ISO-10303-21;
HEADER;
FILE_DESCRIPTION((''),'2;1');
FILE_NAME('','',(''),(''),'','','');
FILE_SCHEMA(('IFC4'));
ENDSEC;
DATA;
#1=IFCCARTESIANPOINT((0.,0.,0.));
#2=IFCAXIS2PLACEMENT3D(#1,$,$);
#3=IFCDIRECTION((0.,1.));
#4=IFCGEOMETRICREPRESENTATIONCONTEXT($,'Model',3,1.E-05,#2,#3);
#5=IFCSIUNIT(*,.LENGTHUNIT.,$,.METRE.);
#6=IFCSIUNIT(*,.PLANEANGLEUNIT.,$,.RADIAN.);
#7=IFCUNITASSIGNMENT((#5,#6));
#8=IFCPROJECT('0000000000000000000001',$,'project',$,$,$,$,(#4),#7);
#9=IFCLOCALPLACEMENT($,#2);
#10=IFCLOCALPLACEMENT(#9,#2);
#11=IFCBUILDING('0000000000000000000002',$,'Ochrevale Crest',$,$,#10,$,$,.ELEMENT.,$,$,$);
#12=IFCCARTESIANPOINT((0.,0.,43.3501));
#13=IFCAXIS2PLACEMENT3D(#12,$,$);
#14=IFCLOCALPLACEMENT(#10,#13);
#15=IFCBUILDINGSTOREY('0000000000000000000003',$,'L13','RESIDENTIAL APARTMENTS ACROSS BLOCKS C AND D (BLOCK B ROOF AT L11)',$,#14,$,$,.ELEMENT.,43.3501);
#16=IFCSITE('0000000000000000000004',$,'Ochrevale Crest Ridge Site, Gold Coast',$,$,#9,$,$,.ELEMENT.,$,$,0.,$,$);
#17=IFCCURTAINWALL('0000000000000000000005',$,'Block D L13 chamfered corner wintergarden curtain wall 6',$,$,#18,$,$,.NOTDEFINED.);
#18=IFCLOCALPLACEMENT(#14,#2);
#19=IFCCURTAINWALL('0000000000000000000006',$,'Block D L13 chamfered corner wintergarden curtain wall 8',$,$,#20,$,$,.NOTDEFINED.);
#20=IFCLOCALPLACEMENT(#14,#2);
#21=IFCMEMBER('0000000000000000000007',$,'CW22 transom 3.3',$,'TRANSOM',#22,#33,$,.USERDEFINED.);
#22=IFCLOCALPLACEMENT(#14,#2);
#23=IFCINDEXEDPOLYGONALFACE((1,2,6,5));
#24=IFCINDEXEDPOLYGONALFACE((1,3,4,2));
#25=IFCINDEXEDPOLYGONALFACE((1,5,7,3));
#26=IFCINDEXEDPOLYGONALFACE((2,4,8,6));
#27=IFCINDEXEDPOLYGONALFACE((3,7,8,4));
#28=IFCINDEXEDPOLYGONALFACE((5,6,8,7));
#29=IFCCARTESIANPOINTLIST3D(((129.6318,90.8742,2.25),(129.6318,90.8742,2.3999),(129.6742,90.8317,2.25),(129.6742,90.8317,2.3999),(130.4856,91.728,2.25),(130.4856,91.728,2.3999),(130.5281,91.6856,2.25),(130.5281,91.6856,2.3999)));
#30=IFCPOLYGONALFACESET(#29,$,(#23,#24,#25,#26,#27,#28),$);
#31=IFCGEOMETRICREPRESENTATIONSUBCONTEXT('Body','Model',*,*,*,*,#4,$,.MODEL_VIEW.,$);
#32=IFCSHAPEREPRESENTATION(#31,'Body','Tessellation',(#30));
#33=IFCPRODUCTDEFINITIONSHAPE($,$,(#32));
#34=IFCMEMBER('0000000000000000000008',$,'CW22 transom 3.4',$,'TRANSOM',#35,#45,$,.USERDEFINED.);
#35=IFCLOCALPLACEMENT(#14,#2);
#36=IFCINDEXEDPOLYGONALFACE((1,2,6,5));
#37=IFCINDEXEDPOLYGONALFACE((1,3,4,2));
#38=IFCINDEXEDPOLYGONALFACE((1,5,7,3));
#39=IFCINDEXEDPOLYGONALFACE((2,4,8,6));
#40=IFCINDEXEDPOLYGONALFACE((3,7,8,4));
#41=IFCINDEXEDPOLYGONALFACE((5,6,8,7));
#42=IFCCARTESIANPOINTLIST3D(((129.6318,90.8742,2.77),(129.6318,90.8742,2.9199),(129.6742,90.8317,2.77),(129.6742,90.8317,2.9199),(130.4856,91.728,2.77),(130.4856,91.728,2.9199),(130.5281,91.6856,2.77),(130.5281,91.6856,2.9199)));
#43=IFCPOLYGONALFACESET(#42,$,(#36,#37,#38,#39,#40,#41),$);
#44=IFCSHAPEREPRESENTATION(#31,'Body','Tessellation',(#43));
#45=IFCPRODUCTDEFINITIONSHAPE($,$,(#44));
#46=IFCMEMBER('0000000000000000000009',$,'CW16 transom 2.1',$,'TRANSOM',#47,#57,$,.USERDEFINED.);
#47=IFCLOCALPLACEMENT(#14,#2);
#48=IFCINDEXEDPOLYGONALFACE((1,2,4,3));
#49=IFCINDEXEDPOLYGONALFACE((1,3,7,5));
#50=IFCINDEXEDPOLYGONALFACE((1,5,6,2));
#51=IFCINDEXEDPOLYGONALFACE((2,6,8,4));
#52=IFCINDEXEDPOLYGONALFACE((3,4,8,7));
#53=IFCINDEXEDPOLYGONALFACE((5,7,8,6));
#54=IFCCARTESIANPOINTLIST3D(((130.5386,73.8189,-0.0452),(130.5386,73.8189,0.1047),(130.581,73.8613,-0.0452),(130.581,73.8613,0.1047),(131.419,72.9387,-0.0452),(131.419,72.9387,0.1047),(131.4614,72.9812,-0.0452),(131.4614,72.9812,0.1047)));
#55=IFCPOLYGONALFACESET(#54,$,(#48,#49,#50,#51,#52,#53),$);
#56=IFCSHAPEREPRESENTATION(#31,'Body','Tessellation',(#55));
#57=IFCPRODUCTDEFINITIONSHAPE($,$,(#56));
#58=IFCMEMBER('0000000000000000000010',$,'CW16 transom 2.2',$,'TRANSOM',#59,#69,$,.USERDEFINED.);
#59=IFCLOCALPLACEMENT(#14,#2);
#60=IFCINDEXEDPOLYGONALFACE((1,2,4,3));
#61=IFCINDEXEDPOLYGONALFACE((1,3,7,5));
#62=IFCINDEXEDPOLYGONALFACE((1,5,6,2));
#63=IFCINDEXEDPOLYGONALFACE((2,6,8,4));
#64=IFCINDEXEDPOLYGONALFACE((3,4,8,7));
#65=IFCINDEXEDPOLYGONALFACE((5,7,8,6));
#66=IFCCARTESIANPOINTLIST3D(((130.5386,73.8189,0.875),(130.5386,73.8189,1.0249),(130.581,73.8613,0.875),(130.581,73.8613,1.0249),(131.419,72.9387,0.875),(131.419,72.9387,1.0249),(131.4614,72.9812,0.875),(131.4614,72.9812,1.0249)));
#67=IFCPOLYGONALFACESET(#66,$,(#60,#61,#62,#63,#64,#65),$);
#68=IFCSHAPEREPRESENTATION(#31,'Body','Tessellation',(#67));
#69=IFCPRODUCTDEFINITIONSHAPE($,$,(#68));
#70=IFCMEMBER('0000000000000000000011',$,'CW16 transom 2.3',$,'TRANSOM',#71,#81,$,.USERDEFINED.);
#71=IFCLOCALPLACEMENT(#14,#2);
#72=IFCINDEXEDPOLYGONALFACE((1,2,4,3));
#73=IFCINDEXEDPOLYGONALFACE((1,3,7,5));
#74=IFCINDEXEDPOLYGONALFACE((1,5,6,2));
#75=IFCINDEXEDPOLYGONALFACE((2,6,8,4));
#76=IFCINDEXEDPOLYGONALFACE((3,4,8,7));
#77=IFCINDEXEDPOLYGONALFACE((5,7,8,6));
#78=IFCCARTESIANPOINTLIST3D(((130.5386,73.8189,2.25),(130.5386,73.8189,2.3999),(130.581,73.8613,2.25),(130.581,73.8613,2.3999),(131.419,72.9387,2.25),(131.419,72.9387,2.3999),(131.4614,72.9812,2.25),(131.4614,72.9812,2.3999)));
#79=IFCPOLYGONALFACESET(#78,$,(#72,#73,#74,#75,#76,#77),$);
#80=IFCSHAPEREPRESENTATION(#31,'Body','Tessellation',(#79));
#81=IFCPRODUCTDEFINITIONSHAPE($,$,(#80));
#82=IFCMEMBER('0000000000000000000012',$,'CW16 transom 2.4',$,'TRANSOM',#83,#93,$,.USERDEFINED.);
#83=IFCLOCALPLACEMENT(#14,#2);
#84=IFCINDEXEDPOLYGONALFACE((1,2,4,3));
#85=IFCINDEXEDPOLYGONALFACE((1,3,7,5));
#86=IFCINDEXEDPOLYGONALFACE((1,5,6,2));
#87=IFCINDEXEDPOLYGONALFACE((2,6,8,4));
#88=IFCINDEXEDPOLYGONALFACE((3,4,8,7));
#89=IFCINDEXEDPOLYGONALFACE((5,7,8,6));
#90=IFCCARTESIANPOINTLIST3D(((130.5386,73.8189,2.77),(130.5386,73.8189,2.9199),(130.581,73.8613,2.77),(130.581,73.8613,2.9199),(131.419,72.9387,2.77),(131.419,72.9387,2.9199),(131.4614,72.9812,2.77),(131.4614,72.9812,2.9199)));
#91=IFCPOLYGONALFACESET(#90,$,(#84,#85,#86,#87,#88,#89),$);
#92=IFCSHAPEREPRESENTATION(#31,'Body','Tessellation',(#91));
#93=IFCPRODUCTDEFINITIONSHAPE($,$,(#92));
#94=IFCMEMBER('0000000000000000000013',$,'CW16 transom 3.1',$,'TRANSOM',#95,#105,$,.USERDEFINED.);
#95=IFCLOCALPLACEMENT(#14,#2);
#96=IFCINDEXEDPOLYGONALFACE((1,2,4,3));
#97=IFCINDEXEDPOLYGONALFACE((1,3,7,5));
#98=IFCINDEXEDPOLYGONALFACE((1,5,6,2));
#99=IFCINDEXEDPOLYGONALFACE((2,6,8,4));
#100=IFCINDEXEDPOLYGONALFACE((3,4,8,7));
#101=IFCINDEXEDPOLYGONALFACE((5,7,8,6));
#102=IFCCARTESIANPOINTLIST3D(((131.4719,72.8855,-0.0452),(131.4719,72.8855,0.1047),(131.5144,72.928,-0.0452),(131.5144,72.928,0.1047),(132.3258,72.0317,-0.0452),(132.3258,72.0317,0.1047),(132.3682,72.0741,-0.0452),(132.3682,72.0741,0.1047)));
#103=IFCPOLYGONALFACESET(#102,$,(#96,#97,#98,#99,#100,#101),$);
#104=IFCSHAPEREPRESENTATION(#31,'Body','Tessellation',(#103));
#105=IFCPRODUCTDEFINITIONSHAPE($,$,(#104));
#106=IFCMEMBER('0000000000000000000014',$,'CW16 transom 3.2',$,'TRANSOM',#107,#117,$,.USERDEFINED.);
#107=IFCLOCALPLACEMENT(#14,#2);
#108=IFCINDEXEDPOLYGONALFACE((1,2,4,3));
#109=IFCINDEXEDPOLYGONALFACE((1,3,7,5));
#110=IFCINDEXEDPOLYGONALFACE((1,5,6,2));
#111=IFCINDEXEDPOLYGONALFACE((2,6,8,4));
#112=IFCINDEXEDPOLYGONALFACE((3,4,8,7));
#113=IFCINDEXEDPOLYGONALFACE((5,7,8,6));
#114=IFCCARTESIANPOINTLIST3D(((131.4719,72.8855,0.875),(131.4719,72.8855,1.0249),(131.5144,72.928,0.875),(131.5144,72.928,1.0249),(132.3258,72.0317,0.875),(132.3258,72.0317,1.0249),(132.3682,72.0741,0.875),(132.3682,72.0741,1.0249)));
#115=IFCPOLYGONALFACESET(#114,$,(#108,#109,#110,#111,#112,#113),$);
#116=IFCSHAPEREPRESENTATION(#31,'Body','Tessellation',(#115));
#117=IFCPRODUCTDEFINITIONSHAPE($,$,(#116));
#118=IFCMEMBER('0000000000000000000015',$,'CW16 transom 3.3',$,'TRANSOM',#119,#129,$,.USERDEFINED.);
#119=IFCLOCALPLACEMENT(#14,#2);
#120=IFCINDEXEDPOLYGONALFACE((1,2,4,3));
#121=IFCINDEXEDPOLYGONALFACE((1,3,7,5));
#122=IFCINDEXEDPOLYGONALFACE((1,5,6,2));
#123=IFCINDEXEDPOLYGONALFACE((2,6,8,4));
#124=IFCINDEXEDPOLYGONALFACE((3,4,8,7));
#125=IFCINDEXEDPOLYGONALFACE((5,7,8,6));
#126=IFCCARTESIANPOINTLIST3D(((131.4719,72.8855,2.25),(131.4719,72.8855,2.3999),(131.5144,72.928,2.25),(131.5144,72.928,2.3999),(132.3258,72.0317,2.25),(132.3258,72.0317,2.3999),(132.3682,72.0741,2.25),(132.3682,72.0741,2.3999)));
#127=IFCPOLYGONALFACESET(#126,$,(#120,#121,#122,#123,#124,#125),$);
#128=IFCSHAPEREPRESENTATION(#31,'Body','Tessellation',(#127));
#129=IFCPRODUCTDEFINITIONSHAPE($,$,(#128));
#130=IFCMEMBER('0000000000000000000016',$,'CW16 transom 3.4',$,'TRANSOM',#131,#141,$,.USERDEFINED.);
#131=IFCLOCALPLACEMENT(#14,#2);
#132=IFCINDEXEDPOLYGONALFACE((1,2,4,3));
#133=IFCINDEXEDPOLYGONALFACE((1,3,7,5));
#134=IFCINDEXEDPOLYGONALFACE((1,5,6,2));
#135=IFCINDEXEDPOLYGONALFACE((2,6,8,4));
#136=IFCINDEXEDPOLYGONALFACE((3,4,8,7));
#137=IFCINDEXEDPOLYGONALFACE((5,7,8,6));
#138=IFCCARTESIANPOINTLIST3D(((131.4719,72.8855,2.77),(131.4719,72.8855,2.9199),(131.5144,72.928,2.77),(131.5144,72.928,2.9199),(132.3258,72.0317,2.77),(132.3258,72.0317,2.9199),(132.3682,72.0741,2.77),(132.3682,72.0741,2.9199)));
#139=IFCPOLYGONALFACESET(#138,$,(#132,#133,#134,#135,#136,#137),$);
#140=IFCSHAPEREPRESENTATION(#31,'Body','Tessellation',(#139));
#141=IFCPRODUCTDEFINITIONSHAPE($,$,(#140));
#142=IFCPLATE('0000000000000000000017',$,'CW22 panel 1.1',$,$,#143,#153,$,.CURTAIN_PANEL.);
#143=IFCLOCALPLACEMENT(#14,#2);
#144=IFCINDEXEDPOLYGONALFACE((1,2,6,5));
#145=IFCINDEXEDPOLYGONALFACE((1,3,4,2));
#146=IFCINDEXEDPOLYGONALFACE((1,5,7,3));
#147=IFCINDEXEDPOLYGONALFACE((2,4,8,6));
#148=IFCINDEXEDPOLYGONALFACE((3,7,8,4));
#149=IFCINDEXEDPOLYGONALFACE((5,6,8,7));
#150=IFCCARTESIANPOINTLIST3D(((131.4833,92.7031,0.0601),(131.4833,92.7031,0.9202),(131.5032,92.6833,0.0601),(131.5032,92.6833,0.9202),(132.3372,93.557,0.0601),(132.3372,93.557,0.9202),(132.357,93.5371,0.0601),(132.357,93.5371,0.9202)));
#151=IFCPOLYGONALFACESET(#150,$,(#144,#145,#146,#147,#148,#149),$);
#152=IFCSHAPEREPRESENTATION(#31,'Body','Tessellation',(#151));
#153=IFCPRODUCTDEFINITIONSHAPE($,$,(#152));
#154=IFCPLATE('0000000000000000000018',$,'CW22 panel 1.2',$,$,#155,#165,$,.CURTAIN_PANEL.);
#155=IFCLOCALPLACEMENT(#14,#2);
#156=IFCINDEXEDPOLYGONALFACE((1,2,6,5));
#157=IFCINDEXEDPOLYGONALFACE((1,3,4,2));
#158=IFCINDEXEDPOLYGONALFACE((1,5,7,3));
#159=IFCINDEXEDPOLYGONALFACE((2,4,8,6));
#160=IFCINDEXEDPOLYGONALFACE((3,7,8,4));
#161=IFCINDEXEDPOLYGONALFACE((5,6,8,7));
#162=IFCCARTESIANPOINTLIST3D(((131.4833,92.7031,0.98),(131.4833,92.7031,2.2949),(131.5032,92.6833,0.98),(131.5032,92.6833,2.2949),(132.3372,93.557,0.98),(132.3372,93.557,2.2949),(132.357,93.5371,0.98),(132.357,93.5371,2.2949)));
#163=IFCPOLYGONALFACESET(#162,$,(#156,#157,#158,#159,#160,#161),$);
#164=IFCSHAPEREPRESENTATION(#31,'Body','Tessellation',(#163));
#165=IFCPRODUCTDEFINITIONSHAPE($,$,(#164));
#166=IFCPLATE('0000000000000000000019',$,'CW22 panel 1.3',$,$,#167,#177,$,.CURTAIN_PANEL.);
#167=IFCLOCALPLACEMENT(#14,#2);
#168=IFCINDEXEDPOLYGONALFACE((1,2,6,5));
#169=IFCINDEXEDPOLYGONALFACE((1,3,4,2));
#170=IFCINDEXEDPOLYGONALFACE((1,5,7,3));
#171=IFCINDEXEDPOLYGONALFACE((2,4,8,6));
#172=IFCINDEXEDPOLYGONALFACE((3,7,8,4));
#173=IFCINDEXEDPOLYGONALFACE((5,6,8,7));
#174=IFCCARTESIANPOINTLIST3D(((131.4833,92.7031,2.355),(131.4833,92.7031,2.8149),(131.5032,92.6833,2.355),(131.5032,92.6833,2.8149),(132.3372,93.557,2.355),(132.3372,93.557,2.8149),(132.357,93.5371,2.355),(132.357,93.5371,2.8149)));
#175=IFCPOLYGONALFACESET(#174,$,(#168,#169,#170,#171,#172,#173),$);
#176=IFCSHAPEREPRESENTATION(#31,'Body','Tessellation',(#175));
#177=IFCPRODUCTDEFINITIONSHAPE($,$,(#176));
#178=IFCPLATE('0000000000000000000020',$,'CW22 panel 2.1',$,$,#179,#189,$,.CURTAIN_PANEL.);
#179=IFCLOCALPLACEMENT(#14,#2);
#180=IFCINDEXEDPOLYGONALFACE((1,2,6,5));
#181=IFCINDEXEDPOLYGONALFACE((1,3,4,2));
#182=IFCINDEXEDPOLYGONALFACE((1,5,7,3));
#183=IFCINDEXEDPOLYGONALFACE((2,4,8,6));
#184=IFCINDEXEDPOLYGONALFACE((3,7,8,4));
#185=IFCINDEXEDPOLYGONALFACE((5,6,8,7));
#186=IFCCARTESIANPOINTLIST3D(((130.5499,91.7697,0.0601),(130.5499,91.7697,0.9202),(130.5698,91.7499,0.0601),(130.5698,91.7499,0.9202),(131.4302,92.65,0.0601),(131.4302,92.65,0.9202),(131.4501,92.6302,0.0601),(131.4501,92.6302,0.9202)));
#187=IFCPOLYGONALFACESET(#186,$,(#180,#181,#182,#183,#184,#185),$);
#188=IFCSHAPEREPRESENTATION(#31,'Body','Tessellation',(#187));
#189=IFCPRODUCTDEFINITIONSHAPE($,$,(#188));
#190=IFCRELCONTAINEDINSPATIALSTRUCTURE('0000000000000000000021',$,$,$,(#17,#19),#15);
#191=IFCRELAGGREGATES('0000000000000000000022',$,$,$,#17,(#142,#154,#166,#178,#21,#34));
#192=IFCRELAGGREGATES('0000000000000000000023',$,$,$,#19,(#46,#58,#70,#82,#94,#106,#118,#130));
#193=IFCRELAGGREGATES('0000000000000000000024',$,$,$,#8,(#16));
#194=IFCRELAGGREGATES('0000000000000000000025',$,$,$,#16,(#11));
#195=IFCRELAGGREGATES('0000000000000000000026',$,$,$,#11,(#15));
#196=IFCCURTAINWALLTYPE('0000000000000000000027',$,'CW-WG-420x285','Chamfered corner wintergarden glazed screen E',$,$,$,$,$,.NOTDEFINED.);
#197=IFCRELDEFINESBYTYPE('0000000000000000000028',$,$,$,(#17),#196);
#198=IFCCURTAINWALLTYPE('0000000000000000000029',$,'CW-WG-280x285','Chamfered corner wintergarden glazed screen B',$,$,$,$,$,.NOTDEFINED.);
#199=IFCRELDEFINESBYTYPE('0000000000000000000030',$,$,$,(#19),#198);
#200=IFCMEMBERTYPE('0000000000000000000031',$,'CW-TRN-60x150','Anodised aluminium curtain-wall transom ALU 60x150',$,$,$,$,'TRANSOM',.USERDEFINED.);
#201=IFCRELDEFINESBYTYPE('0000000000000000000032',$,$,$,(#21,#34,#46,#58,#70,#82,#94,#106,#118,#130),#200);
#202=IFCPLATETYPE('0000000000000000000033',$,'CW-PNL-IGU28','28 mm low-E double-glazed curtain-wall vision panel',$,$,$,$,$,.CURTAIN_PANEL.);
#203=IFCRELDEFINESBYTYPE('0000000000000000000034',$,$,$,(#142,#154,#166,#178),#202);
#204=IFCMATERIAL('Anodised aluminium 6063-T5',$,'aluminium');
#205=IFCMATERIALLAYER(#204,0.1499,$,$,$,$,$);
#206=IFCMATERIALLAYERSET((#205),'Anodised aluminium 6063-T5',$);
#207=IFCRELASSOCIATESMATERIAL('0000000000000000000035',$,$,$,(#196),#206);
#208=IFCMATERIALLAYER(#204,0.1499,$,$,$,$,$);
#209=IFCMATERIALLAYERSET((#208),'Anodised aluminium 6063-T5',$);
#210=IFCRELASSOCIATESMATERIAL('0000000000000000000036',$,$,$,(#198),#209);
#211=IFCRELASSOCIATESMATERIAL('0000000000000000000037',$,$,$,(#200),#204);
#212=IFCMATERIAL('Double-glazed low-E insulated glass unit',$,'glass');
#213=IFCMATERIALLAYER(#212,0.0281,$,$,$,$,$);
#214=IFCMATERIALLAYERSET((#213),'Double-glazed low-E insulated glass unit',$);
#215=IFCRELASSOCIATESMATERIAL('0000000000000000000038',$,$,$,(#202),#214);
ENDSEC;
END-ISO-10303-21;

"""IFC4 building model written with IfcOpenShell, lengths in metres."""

from ifc_helpers import new_model, si_unit, direction, frame, origin, origin_2d, place, context, subcontext, project, spatial, rectangle, extrude, material, layer, layer_set, material_profile, profile_set, type_object, element, aggregate, save


model = new_model("IFC4")

# Units and contexts
model_context = context("Model", 3, precision=1e-05, world=origin(), true_north=direction((0.0, 1.0)))
body_context = subcontext(model_context, "Body", "Model", "MODEL_VIEW")
ifc_project = project(units=[si_unit("LENGTHUNIT", "METRE"), si_unit("PLANEANGLEUNIT", "RADIAN")], contexts=[model_context])

# Site, building, storey
site_placement = place(None, origin())
site = spatial("IfcSite", under=ifc_project, at=site_placement, Name="Ochrevale Crest Ridge Site, Gold Coast", CompositionType="ELEMENT", RefElevation=0.0)
building_placement = place(site_placement, origin())
building = spatial("IfcBuilding", under=site, at=building_placement, Name="Ochrevale Crest", CompositionType="ELEMENT")
storey_placement = place(building_placement, frame((0.0, 0.0, 43.3501)))
storey = spatial("IfcBuildingStorey", under=building, at=storey_placement, Name="L13", Description="RESIDENTIAL APARTMENTS ACROSS BLOCKS C AND D (BLOCK B ROOF AT L11)", CompositionType="ELEMENT", Elevation=43.3501)

# Curtain walls
ifc_material_1 = material(Name="Anodised aluminium 6063-T5", Category="aluminium")
ifc_layer_1 = layer(ifc_material_1, 0.1499)
ifc_layer_set_1 = layer_set([ifc_layer_1], Name="Anodised aluminium 6063-T5")
curtain_wall_type_1 = type_object("IfcCurtainWallType", Name="CW-WG-420x285", Description="Chamfered corner wintergarden glazed screen E", PredefinedType="NOTDEFINED", material=ifc_layer_set_1)
curtain_wall_1_placement = place(storey_placement, origin())
curtain_wall_1 = element("IfcCurtainWall", 1, at=curtain_wall_1_placement, inside=storey, type_object=curtain_wall_type_1, Name="Block D L13 chamfered corner wintergarden curtain wall 6", PredefinedType="NOTDEFINED")
ifc_layer_2 = layer(ifc_material_1, 0.1499)
ifc_layer_set_2 = layer_set([ifc_layer_2], Name="Anodised aluminium 6063-T5")
curtain_wall_type_2 = type_object("IfcCurtainWallType", Name="CW-WG-280x285", Description="Chamfered corner wintergarden glazed screen B", PredefinedType="NOTDEFINED", material=ifc_layer_set_2)
curtain_wall_2_placement = place(storey_placement, origin())
curtain_wall_2 = element("IfcCurtainWall", 2, at=curtain_wall_2_placement, inside=storey, type_object=curtain_wall_type_2, Name="Block D L13 chamfered corner wintergarden curtain wall 8", PredefinedType="NOTDEFINED")

# Members
ifc_material_profile_1 = material_profile(ifc_material_1, rectangle(XDim=0.0601, YDim=0.1499, at=origin_2d()), Name="ALU 60x150")
ifc_profile_set_1 = profile_set([ifc_material_profile_1], Name="Anodised aluminium 6063-T5")
member_type_1 = type_object("IfcMemberType", Name="CW-TRN-60x150", Description="Anodised aluminium curtain-wall transom ALU 60x150", ElementType="TRANSOM", PredefinedType="USERDEFINED", material=ifc_profile_set_1)
member_1_placement = place(storey_placement, frame((130.5068, 91.7068, 2.325), z_axis=(-0.707107, -0.707107, 0.0), x_axis=(0.707107, -0.707107, 0.0)))
member_1 = element("IfcMember", 3, at=member_1_placement, type_object=member_type_1, Name="CW22 transom 3.3", ObjectType="TRANSOM", PredefinedType="USERDEFINED", context=body_context, shape_type="SweptSolid", body=[
    extrude(rectangle(XDim=0.0601, YDim=0.1499, at=origin_2d()), origin(), (0.0, 0.0, 1.0), 1.2075),
])
member_2_placement = place(storey_placement, frame((130.5068, 91.7068, 2.845), z_axis=(-0.707107, -0.707107, 0.0), x_axis=(0.707107, -0.707107, 0.0)))
member_2 = element("IfcMember", 4, at=member_2_placement, type_object=member_type_1, Name="CW22 transom 3.4", ObjectType="TRANSOM", PredefinedType="USERDEFINED", context=body_context, shape_type="SweptSolid", body=[
    extrude(rectangle(XDim=0.0601, YDim=0.1499, at=origin_2d()), origin(), (0.0, 0.0, 1.0), 1.2075),
])
member_3_placement = place(storey_placement, frame((130.5598, 73.8401, 0.0298), z_axis=(0.707205, -0.707009, 0.0), x_axis=(0.707009, 0.707205, 0.0)))
member_3 = element("IfcMember", 5, at=member_3_placement, type_object=member_type_1, Name="CW16 transom 2.1", ObjectType="TRANSOM", PredefinedType="USERDEFINED", context=body_context, shape_type="SweptSolid", body=[
    extrude(rectangle(XDim=0.0601, YDim=0.1499, at=origin_2d()), origin(), (0.0, 0.0, 1.0), 1.2449),
])
member_4_placement = place(storey_placement, frame((130.5598, 73.8401, 0.95), z_axis=(0.707205, -0.707009, 0.0), x_axis=(0.707009, 0.707205, 0.0)))
member_4 = element("IfcMember", 6, at=member_4_placement, type_object=member_type_1, Name="CW16 transom 2.2", ObjectType="TRANSOM", PredefinedType="USERDEFINED", context=body_context, shape_type="SweptSolid", body=[
    extrude(rectangle(XDim=0.0601, YDim=0.1499, at=origin_2d()), origin(), (0.0, 0.0, 1.0), 1.2449),
])
member_5_placement = place(storey_placement, frame((130.5598, 73.8401, 2.325), z_axis=(0.707205, -0.707009, 0.0), x_axis=(0.707009, 0.707205, 0.0)))
member_5 = element("IfcMember", 7, at=member_5_placement, type_object=member_type_1, Name="CW16 transom 2.3", ObjectType="TRANSOM", PredefinedType="USERDEFINED", context=body_context, shape_type="SweptSolid", body=[
    extrude(rectangle(XDim=0.0601, YDim=0.1499, at=origin_2d()), origin(), (0.0, 0.0, 1.0), 1.2449),
])
member_6_placement = place(storey_placement, frame((130.5598, 73.8401, 2.845), z_axis=(0.707205, -0.707009, 0.0), x_axis=(0.707009, 0.707205, 0.0)))
member_6 = element("IfcMember", 8, at=member_6_placement, type_object=member_type_1, Name="CW16 transom 2.4", ObjectType="TRANSOM", PredefinedType="USERDEFINED", context=body_context, shape_type="SweptSolid", body=[
    extrude(rectangle(XDim=0.0601, YDim=0.1499, at=origin_2d()), origin(), (0.0, 0.0, 1.0), 1.2449),
])
member_7_placement = place(storey_placement, frame((131.4932, 72.9067, 0.0298), z_axis=(0.707107, -0.707107, 0.0), x_axis=(0.707107, 0.707107, 0.0)))
member_7 = element("IfcMember", 9, at=member_7_placement, type_object=member_type_1, Name="CW16 transom 3.1", ObjectType="TRANSOM", PredefinedType="USERDEFINED", context=body_context, shape_type="SweptSolid", body=[
    extrude(rectangle(XDim=0.0601, YDim=0.1499, at=origin_2d()), origin(), (0.0, 0.0, 1.0), 1.2075),
])
member_8_placement = place(storey_placement, frame((131.4932, 72.9067, 0.95), z_axis=(0.707107, -0.707107, 0.0), x_axis=(0.707107, 0.707107, 0.0)))
member_8 = element("IfcMember", 10, at=member_8_placement, type_object=member_type_1, Name="CW16 transom 3.2", ObjectType="TRANSOM", PredefinedType="USERDEFINED", context=body_context, shape_type="SweptSolid", body=[
    extrude(rectangle(XDim=0.0601, YDim=0.1499, at=origin_2d()), origin(), (0.0, 0.0, 1.0), 1.2075),
])
member_9_placement = place(storey_placement, frame((131.4932, 72.9067, 2.325), z_axis=(0.707107, -0.707107, 0.0), x_axis=(0.707107, 0.707107, 0.0)))
member_9 = element("IfcMember", 11, at=member_9_placement, type_object=member_type_1, Name="CW16 transom 3.3", ObjectType="TRANSOM", PredefinedType="USERDEFINED", context=body_context, shape_type="SweptSolid", body=[
    extrude(rectangle(XDim=0.0601, YDim=0.1499, at=origin_2d()), origin(), (0.0, 0.0, 1.0), 1.2075),
])
member_10_placement = place(storey_placement, frame((131.4932, 72.9067, 2.845), z_axis=(0.707107, -0.707107, 0.0), x_axis=(0.707107, 0.707107, 0.0)))
member_10 = element("IfcMember", 12, at=member_10_placement, type_object=member_type_1, Name="CW16 transom 3.4", ObjectType="TRANSOM", PredefinedType="USERDEFINED", context=body_context, shape_type="SweptSolid", body=[
    extrude(rectangle(XDim=0.0601, YDim=0.1499, at=origin_2d()), origin(), (0.0, 0.0, 1.0), 1.2075),
])

# Plates
ifc_material_2 = material(Name="Double-glazed low-E insulated glass unit", Category="glass")
ifc_layer_3 = layer(ifc_material_2, 0.0281)
ifc_layer_set_3 = layer_set([ifc_layer_3], Name="Double-glazed low-E insulated glass unit")
plate_type_1 = type_object("IfcPlateType", Name="CW-PNL-IGU28", Description="28 mm low-E double-glazed curtain-wall vision panel", PredefinedType="CURTAIN_PANEL", material=ifc_layer_set_3)
plate_1_placement = place(storey_placement, frame((131.9202, 93.1201, 0.0601), z_axis=(0.0, 0.0, 1.0), x_axis=(-0.707107, -0.707107, 0.0)))
plate_1 = element("IfcPlate", 13, at=plate_1_placement, type_object=plate_type_1, Name="CW22 panel 1.1", PredefinedType="CURTAIN_PANEL", context=body_context, shape_type="SweptSolid", body=[
    extrude(rectangle(XDim=1.2075, YDim=0.0281, at=origin_2d()), origin(), (0.0, 0.0, 1.0), 0.8601),
])
plate_2_placement = place(storey_placement, frame((131.9202, 93.1201, 0.98), z_axis=(0.0, 0.0, 1.0), x_axis=(-0.707107, -0.707107, 0.0)))
plate_2 = element("IfcPlate", 14, at=plate_2_placement, type_object=plate_type_1, Name="CW22 panel 1.2", PredefinedType="CURTAIN_PANEL", context=body_context, shape_type="SweptSolid", body=[
    extrude(rectangle(XDim=1.2075, YDim=0.0281, at=origin_2d()), origin(), (0.0, 0.0, 1.0), 1.3149),
])
plate_3_placement = place(storey_placement, frame((131.9202, 93.1201, 2.355), z_axis=(0.0, 0.0, 1.0), x_axis=(-0.707107, -0.707107, 0.0)))
plate_3 = element("IfcPlate", 15, at=plate_3_placement, type_object=plate_type_1, Name="CW22 panel 1.3", PredefinedType="CURTAIN_PANEL", context=body_context, shape_type="SweptSolid", body=[
    extrude(rectangle(XDim=1.2075, YDim=0.0281, at=origin_2d()), origin(), (0.0, 0.0, 1.0), 0.46),
])
plate_4_placement = place(storey_placement, frame((131.0, 92.2, 0.0601), z_axis=(0.0, 0.0, 1.0), x_axis=(-0.707107, -0.707107, 0.0)))
plate_4 = element("IfcPlate", 16, at=plate_4_placement, type_object=plate_type_1, Name="CW22 panel 2.1", PredefinedType="CURTAIN_PANEL", context=body_context, shape_type="SweptSolid", body=[
    extrude(rectangle(XDim=1.2449, YDim=0.0281, at=origin_2d()), origin(), (0.0, 0.0, 1.0), 0.8601),
])
aggregate(curtain_wall_1, [plate_1, plate_2, plate_3, plate_4, member_1, member_2])
aggregate(curtain_wall_2, [member_3, member_4, member_5, member_6, member_7, member_8, member_9, member_10])

save(model, "model.ifc")
